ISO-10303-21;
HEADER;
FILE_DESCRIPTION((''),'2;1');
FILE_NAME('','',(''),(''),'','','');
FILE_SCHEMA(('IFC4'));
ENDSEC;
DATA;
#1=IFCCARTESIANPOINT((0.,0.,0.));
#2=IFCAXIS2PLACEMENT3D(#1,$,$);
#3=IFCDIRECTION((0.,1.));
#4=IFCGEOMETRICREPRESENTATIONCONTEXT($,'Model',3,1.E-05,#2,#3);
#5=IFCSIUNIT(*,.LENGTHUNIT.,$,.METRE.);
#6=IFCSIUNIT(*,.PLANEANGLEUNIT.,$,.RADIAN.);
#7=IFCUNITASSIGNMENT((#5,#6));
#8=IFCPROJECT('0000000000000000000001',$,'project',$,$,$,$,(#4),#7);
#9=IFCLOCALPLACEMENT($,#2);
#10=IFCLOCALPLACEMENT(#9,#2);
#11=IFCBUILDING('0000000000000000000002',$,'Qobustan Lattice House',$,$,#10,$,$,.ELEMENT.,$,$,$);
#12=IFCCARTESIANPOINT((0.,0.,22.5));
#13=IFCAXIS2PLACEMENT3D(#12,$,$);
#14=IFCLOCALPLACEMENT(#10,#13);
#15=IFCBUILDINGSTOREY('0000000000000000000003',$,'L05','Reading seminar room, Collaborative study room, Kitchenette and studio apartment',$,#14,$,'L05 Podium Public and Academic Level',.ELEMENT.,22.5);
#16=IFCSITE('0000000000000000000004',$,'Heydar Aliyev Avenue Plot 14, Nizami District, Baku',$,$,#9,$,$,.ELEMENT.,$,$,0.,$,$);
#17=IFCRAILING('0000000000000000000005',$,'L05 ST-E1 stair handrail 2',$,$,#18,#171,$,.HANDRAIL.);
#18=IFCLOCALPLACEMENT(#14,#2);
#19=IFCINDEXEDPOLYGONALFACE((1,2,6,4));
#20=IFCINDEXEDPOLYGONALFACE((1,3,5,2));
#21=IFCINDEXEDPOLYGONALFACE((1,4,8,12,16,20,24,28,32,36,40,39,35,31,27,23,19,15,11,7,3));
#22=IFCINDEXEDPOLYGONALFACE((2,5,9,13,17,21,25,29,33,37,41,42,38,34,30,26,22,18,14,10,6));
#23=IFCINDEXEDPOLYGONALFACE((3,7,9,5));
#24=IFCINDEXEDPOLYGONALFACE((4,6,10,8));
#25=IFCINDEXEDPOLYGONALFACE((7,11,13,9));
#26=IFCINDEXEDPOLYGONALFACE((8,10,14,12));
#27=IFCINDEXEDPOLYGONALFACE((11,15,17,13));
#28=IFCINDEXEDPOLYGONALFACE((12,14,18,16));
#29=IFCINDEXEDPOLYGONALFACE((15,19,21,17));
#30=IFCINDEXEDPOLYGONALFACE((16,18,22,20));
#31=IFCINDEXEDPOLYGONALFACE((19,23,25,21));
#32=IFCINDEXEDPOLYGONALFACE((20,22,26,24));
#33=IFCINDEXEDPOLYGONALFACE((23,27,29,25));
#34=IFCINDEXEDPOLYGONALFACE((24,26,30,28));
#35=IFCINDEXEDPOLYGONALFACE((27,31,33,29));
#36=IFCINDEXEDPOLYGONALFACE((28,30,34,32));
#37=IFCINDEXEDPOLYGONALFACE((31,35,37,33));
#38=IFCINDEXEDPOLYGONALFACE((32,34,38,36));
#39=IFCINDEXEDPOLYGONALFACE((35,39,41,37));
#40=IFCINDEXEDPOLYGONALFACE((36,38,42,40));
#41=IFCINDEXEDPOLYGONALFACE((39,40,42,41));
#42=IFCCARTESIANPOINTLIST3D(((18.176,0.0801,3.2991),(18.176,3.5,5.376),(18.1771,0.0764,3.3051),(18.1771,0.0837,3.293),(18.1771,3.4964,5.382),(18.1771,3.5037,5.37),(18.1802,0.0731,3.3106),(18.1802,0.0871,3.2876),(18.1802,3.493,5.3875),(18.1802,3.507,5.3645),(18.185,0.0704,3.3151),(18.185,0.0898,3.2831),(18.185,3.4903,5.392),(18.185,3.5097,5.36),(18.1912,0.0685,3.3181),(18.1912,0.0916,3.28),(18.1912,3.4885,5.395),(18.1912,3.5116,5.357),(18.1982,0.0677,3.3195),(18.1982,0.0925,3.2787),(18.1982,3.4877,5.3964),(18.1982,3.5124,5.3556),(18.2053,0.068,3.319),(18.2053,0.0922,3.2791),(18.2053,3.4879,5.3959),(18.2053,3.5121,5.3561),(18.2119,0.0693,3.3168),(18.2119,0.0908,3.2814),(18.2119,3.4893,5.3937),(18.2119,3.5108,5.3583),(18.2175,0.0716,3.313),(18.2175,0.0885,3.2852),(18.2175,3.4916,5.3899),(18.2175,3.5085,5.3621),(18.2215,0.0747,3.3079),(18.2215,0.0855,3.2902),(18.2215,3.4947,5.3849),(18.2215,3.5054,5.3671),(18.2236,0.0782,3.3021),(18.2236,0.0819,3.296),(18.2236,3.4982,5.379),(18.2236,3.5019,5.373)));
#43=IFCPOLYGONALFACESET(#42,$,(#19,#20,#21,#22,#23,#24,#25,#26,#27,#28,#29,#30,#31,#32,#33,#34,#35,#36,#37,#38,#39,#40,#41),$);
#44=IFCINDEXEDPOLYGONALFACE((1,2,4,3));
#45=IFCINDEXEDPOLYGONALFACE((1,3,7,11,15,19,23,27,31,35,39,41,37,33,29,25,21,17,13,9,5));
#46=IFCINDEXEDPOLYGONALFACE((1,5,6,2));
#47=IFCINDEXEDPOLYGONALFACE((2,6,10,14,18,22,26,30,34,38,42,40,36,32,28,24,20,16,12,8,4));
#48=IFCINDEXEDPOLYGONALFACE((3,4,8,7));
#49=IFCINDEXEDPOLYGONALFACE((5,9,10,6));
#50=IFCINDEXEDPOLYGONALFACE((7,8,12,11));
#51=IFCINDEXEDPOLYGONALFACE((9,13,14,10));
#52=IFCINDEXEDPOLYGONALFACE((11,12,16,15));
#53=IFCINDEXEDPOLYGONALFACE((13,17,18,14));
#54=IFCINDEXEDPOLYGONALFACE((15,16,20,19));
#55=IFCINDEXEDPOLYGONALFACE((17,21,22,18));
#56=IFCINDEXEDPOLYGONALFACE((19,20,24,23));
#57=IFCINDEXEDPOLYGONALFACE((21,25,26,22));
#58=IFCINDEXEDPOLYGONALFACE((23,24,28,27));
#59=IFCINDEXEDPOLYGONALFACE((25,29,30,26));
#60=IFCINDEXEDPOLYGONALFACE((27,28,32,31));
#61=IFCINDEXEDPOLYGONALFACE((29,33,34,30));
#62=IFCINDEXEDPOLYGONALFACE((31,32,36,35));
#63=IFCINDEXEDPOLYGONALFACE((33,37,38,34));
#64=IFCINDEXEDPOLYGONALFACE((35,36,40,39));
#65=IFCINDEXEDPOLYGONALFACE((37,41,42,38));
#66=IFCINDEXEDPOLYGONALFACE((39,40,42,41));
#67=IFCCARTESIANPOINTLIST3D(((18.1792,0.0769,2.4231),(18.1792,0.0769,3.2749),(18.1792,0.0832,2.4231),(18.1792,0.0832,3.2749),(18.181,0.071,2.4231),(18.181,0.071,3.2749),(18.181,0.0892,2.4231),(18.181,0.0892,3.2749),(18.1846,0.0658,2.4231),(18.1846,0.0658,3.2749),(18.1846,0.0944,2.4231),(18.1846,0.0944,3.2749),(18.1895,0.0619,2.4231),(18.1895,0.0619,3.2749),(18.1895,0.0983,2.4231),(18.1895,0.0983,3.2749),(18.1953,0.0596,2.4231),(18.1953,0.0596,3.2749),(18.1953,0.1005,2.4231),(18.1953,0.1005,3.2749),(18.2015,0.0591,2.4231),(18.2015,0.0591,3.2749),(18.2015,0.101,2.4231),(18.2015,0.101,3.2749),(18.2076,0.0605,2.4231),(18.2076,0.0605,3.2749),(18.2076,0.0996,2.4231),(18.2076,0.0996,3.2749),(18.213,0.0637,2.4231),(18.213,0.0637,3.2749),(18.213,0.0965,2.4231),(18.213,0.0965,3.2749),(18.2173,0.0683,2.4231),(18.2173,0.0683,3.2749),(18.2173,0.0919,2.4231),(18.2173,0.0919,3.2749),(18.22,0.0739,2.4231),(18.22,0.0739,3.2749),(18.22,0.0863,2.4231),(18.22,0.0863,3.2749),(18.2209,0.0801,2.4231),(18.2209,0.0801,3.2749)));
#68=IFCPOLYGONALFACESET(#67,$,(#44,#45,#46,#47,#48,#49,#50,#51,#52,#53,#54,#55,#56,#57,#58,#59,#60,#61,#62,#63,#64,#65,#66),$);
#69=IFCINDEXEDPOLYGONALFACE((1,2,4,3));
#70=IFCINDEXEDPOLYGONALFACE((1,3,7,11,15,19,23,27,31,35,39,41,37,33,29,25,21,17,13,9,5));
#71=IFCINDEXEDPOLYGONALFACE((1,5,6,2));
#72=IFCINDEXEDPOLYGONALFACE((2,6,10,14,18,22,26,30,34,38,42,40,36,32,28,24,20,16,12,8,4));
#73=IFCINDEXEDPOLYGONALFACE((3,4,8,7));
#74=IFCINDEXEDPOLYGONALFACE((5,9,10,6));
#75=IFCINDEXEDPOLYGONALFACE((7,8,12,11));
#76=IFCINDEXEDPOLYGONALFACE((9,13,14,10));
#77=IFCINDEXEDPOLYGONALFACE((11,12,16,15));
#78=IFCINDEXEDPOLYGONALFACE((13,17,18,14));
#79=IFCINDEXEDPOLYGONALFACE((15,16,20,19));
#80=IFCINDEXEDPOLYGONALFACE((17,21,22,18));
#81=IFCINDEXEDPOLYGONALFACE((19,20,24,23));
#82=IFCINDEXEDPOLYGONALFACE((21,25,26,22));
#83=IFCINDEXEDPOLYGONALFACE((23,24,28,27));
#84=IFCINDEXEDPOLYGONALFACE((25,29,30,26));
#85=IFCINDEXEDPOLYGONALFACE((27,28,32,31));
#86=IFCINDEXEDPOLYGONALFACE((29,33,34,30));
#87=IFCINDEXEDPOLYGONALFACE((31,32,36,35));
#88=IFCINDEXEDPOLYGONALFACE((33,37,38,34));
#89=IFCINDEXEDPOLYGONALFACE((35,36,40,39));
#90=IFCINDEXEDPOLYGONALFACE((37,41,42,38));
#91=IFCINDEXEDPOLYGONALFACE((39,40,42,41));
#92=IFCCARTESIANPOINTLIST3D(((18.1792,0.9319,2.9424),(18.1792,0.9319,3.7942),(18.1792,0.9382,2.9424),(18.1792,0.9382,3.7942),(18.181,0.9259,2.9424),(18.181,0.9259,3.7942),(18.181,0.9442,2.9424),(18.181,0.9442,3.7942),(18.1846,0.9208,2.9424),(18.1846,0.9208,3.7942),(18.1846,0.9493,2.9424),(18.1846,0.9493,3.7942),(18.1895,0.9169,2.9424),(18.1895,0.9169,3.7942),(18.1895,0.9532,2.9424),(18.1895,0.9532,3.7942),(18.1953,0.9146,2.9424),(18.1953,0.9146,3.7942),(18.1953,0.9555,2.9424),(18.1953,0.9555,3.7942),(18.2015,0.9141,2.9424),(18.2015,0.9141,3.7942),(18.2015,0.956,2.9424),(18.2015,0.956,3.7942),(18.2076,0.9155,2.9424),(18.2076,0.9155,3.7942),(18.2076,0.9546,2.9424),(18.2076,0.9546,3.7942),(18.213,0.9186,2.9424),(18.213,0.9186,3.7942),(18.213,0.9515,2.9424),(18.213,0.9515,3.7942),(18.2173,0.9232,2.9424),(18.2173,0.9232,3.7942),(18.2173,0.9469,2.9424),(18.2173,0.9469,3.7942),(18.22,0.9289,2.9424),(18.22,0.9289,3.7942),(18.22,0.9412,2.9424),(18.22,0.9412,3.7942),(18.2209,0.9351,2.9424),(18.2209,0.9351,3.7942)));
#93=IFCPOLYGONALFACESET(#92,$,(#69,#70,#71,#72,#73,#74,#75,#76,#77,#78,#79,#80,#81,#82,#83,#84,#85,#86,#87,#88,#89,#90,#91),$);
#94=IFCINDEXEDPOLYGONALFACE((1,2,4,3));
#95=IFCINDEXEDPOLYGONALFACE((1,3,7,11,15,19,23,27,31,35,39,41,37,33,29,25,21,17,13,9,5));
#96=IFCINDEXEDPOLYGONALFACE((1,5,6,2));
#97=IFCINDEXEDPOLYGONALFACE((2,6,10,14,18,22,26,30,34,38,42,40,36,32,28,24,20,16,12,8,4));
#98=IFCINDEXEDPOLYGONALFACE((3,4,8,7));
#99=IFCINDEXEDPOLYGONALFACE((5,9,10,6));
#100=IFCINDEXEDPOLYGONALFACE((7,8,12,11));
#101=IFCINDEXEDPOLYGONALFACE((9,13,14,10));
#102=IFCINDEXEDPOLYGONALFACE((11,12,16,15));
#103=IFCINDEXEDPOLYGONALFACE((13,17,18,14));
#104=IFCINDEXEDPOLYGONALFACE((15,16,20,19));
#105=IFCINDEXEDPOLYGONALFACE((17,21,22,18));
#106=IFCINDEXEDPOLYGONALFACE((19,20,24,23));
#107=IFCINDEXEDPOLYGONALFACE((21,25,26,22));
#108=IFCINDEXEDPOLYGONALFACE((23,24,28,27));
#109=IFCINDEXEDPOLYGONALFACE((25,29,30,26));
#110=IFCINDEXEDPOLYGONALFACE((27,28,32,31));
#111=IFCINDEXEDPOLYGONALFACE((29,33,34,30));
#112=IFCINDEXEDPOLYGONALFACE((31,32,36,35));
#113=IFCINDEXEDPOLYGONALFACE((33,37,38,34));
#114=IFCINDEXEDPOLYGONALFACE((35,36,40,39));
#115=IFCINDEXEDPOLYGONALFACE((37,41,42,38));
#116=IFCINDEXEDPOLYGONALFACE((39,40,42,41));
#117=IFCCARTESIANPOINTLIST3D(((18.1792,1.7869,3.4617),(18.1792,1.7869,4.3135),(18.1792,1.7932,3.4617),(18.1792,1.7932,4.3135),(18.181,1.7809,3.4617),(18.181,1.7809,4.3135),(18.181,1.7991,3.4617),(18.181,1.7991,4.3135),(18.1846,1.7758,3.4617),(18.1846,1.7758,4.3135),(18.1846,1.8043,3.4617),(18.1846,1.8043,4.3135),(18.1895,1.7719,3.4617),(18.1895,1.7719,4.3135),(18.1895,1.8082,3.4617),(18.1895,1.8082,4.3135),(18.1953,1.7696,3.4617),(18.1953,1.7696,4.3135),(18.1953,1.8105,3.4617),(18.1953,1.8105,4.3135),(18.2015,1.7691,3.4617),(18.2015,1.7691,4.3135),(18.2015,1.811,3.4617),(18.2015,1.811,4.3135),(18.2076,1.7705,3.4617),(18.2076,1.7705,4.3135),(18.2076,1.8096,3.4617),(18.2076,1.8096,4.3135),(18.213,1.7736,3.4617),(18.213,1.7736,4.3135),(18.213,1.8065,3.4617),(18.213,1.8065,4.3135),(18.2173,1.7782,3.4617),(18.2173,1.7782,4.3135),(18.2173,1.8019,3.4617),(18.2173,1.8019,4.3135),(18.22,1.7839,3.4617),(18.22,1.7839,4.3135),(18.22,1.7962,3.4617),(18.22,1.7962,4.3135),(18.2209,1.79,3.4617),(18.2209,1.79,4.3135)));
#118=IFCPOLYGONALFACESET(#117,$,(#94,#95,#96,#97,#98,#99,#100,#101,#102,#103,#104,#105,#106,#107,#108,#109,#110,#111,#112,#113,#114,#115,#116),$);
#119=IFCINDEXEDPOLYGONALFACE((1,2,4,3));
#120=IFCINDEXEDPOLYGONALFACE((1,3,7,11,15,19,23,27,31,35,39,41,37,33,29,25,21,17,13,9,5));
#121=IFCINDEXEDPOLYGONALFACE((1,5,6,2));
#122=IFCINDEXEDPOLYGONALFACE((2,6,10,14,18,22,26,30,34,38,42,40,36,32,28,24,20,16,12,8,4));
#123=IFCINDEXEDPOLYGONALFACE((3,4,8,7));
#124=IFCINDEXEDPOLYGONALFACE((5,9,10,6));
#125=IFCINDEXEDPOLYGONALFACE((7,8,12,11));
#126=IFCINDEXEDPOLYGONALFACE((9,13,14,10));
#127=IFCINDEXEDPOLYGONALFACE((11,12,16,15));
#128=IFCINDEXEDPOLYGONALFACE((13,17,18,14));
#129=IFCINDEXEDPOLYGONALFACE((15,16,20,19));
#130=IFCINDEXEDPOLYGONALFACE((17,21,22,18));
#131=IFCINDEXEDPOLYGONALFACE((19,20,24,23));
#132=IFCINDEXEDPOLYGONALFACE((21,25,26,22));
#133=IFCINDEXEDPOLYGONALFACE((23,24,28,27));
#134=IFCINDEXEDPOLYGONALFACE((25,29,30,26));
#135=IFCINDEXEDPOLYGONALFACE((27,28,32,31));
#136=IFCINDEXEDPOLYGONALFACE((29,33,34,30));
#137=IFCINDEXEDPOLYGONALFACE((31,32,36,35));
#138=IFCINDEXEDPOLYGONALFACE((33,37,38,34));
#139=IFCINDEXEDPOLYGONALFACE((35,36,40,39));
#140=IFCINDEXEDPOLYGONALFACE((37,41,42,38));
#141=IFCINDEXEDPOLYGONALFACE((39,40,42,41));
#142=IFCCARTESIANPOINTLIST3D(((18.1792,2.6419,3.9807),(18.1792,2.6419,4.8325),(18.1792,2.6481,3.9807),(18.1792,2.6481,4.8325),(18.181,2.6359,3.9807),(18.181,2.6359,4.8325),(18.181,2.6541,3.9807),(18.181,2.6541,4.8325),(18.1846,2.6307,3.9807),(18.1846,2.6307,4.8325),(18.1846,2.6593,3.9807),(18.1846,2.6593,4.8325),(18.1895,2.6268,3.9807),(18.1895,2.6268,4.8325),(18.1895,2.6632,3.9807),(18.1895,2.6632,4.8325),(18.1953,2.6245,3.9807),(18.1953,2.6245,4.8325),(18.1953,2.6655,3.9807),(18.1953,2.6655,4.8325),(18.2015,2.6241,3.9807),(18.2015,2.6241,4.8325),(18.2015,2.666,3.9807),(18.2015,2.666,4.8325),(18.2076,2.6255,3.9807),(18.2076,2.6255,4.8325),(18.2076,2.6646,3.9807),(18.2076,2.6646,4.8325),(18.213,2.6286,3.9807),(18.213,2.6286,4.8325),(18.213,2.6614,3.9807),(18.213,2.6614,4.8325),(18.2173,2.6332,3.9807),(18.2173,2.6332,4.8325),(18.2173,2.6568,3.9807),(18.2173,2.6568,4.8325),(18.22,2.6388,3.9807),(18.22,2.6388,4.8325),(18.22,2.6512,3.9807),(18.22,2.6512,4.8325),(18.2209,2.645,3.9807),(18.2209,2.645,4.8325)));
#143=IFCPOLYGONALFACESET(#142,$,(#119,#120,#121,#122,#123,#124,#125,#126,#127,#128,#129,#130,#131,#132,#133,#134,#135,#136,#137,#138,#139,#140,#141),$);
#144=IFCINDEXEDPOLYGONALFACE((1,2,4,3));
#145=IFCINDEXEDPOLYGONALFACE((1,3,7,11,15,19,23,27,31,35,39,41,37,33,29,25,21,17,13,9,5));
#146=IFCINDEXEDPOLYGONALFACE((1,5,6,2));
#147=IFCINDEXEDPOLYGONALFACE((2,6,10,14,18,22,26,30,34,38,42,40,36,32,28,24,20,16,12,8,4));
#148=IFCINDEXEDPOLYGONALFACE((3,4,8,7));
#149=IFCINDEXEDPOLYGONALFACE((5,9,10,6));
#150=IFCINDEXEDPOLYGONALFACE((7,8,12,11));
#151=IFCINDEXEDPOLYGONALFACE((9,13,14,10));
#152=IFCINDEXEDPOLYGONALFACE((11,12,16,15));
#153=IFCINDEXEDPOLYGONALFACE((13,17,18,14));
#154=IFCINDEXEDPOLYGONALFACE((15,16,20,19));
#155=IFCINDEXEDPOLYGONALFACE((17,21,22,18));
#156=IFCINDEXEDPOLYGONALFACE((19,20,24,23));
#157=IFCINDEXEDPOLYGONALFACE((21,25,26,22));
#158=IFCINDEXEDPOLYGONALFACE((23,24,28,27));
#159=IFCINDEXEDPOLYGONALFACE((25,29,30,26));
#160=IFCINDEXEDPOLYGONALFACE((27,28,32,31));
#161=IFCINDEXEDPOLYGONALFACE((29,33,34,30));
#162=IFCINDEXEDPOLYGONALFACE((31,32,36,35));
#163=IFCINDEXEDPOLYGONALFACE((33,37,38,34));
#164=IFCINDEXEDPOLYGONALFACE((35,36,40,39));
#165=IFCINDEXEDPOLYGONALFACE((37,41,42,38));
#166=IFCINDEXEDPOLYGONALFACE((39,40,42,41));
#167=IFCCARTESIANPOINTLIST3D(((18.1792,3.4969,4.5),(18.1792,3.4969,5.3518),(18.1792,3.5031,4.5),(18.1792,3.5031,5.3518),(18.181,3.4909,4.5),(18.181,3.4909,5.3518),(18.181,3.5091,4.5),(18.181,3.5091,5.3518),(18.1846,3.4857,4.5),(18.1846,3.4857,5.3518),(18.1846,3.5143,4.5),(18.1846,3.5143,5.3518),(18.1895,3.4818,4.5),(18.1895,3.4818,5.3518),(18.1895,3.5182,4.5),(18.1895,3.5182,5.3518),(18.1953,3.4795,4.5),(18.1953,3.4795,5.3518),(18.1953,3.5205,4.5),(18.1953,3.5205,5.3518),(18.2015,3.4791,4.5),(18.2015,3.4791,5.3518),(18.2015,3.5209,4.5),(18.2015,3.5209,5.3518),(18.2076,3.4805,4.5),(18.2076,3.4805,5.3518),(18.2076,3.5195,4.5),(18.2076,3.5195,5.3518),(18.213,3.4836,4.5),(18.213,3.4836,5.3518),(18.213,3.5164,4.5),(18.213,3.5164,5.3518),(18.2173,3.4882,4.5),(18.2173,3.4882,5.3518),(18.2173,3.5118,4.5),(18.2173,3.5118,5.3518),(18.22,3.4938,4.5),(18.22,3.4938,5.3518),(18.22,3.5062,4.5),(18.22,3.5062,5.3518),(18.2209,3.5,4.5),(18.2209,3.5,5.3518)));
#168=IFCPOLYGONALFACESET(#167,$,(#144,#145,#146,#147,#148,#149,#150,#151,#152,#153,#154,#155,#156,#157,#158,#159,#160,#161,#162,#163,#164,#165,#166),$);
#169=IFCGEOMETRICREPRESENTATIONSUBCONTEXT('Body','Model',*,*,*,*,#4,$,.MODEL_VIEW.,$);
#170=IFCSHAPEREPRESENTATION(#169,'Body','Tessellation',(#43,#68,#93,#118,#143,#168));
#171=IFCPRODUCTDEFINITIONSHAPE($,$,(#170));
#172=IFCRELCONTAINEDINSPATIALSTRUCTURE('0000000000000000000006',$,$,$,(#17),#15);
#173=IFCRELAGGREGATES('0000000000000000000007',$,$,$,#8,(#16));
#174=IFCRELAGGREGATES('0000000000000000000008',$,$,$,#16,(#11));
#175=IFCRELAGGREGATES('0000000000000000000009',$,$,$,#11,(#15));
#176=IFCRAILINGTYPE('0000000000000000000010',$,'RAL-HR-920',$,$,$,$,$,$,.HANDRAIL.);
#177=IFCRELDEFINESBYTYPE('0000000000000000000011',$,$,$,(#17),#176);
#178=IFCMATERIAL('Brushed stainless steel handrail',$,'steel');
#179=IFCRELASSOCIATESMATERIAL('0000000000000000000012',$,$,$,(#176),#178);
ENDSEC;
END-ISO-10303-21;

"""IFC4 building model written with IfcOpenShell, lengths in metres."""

from ifc_helpers import new_model, si_unit, direction, frame, origin, origin_2d, place, context, subcontext, project, spatial, circle, extrude, material, type_object, element, save


model = new_model("IFC4")

# Units and contexts
model_context = context("Model", 3, precision=1e-05, world=origin(), true_north=direction((0.0, 1.0)))
body_context = subcontext(model_context, "Body", "Model", "MODEL_VIEW")
ifc_project = project(units=[si_unit("LENGTHUNIT", "METRE"), si_unit("PLANEANGLEUNIT", "RADIAN")], contexts=[model_context])

# Site, building, storey
site_placement = place(None, origin())
site = spatial("IfcSite", under=ifc_project, at=site_placement, Name="Heydar Aliyev Avenue Plot 14, Nizami District, Baku", CompositionType="ELEMENT", RefElevation=0.0)
building_placement = place(site_placement, origin())
building = spatial("IfcBuilding", under=site, at=building_placement, Name="Qobustan Lattice House", CompositionType="ELEMENT")
storey_placement = place(building_placement, frame((0.0, 0.0, 22.5)))
storey = spatial("IfcBuildingStorey", under=building, at=storey_placement, Name="L05", Description="Reading seminar room, Collaborative study room, Kitchenette and studio apartment", LongName="L05 Podium Public and Academic Level", CompositionType="ELEMENT", Elevation=22.5)

# Railing
ifc_material_1 = material(Name="Brushed stainless steel handrail", Category="steel")
railing_type_1 = type_object("IfcRailingType", Name="RAL-HR-920", PredefinedType="HANDRAIL", material=ifc_material_1)
railing_1_placement = place(storey_placement, frame((18.2, 0.0801, 2.4231)))
element("IfcRailing", 1, at=railing_1_placement, inside=storey, type_object=railing_type_1, Name="L05 ST-E1 stair handrail 2", PredefinedType="HANDRAIL", context=body_context, shape_type="SweptSolid", body=[
    extrude(circle(Radius=0.0239, at=origin_2d()), frame((0.0, 0.0, 0.876), z_axis=(0.0, 0.85473, 0.519074), x_axis=(-1.0, 0.0, 0.0)), (0.0, 0.0, 1.0), 4.0012),
    extrude(circle(Radius=0.021, at=origin_2d()), origin(), (0.0, 0.0, 1.0), 0.8518),
    extrude(circle(Radius=0.021, at=origin_2d()), frame((0.0, 0.855, 0.5193)), (0.0, 0.0, 1.0), 0.8518),
    extrude(circle(Radius=0.021, at=origin_2d()), frame((0.0, 1.71, 1.0386)), (0.0, 0.0, 1.0), 0.8518),
    extrude(circle(Radius=0.021, at=origin_2d()), frame((0.0, 2.5649, 1.5576)), (0.0, 0.0, 1.0), 0.8518),
    extrude(circle(Radius=0.021, at=origin_2d()), frame((0.0, 3.4199, 2.0769)), (0.0, 0.0, 1.0), 0.8518),
])

save(model, "model.ifc")
